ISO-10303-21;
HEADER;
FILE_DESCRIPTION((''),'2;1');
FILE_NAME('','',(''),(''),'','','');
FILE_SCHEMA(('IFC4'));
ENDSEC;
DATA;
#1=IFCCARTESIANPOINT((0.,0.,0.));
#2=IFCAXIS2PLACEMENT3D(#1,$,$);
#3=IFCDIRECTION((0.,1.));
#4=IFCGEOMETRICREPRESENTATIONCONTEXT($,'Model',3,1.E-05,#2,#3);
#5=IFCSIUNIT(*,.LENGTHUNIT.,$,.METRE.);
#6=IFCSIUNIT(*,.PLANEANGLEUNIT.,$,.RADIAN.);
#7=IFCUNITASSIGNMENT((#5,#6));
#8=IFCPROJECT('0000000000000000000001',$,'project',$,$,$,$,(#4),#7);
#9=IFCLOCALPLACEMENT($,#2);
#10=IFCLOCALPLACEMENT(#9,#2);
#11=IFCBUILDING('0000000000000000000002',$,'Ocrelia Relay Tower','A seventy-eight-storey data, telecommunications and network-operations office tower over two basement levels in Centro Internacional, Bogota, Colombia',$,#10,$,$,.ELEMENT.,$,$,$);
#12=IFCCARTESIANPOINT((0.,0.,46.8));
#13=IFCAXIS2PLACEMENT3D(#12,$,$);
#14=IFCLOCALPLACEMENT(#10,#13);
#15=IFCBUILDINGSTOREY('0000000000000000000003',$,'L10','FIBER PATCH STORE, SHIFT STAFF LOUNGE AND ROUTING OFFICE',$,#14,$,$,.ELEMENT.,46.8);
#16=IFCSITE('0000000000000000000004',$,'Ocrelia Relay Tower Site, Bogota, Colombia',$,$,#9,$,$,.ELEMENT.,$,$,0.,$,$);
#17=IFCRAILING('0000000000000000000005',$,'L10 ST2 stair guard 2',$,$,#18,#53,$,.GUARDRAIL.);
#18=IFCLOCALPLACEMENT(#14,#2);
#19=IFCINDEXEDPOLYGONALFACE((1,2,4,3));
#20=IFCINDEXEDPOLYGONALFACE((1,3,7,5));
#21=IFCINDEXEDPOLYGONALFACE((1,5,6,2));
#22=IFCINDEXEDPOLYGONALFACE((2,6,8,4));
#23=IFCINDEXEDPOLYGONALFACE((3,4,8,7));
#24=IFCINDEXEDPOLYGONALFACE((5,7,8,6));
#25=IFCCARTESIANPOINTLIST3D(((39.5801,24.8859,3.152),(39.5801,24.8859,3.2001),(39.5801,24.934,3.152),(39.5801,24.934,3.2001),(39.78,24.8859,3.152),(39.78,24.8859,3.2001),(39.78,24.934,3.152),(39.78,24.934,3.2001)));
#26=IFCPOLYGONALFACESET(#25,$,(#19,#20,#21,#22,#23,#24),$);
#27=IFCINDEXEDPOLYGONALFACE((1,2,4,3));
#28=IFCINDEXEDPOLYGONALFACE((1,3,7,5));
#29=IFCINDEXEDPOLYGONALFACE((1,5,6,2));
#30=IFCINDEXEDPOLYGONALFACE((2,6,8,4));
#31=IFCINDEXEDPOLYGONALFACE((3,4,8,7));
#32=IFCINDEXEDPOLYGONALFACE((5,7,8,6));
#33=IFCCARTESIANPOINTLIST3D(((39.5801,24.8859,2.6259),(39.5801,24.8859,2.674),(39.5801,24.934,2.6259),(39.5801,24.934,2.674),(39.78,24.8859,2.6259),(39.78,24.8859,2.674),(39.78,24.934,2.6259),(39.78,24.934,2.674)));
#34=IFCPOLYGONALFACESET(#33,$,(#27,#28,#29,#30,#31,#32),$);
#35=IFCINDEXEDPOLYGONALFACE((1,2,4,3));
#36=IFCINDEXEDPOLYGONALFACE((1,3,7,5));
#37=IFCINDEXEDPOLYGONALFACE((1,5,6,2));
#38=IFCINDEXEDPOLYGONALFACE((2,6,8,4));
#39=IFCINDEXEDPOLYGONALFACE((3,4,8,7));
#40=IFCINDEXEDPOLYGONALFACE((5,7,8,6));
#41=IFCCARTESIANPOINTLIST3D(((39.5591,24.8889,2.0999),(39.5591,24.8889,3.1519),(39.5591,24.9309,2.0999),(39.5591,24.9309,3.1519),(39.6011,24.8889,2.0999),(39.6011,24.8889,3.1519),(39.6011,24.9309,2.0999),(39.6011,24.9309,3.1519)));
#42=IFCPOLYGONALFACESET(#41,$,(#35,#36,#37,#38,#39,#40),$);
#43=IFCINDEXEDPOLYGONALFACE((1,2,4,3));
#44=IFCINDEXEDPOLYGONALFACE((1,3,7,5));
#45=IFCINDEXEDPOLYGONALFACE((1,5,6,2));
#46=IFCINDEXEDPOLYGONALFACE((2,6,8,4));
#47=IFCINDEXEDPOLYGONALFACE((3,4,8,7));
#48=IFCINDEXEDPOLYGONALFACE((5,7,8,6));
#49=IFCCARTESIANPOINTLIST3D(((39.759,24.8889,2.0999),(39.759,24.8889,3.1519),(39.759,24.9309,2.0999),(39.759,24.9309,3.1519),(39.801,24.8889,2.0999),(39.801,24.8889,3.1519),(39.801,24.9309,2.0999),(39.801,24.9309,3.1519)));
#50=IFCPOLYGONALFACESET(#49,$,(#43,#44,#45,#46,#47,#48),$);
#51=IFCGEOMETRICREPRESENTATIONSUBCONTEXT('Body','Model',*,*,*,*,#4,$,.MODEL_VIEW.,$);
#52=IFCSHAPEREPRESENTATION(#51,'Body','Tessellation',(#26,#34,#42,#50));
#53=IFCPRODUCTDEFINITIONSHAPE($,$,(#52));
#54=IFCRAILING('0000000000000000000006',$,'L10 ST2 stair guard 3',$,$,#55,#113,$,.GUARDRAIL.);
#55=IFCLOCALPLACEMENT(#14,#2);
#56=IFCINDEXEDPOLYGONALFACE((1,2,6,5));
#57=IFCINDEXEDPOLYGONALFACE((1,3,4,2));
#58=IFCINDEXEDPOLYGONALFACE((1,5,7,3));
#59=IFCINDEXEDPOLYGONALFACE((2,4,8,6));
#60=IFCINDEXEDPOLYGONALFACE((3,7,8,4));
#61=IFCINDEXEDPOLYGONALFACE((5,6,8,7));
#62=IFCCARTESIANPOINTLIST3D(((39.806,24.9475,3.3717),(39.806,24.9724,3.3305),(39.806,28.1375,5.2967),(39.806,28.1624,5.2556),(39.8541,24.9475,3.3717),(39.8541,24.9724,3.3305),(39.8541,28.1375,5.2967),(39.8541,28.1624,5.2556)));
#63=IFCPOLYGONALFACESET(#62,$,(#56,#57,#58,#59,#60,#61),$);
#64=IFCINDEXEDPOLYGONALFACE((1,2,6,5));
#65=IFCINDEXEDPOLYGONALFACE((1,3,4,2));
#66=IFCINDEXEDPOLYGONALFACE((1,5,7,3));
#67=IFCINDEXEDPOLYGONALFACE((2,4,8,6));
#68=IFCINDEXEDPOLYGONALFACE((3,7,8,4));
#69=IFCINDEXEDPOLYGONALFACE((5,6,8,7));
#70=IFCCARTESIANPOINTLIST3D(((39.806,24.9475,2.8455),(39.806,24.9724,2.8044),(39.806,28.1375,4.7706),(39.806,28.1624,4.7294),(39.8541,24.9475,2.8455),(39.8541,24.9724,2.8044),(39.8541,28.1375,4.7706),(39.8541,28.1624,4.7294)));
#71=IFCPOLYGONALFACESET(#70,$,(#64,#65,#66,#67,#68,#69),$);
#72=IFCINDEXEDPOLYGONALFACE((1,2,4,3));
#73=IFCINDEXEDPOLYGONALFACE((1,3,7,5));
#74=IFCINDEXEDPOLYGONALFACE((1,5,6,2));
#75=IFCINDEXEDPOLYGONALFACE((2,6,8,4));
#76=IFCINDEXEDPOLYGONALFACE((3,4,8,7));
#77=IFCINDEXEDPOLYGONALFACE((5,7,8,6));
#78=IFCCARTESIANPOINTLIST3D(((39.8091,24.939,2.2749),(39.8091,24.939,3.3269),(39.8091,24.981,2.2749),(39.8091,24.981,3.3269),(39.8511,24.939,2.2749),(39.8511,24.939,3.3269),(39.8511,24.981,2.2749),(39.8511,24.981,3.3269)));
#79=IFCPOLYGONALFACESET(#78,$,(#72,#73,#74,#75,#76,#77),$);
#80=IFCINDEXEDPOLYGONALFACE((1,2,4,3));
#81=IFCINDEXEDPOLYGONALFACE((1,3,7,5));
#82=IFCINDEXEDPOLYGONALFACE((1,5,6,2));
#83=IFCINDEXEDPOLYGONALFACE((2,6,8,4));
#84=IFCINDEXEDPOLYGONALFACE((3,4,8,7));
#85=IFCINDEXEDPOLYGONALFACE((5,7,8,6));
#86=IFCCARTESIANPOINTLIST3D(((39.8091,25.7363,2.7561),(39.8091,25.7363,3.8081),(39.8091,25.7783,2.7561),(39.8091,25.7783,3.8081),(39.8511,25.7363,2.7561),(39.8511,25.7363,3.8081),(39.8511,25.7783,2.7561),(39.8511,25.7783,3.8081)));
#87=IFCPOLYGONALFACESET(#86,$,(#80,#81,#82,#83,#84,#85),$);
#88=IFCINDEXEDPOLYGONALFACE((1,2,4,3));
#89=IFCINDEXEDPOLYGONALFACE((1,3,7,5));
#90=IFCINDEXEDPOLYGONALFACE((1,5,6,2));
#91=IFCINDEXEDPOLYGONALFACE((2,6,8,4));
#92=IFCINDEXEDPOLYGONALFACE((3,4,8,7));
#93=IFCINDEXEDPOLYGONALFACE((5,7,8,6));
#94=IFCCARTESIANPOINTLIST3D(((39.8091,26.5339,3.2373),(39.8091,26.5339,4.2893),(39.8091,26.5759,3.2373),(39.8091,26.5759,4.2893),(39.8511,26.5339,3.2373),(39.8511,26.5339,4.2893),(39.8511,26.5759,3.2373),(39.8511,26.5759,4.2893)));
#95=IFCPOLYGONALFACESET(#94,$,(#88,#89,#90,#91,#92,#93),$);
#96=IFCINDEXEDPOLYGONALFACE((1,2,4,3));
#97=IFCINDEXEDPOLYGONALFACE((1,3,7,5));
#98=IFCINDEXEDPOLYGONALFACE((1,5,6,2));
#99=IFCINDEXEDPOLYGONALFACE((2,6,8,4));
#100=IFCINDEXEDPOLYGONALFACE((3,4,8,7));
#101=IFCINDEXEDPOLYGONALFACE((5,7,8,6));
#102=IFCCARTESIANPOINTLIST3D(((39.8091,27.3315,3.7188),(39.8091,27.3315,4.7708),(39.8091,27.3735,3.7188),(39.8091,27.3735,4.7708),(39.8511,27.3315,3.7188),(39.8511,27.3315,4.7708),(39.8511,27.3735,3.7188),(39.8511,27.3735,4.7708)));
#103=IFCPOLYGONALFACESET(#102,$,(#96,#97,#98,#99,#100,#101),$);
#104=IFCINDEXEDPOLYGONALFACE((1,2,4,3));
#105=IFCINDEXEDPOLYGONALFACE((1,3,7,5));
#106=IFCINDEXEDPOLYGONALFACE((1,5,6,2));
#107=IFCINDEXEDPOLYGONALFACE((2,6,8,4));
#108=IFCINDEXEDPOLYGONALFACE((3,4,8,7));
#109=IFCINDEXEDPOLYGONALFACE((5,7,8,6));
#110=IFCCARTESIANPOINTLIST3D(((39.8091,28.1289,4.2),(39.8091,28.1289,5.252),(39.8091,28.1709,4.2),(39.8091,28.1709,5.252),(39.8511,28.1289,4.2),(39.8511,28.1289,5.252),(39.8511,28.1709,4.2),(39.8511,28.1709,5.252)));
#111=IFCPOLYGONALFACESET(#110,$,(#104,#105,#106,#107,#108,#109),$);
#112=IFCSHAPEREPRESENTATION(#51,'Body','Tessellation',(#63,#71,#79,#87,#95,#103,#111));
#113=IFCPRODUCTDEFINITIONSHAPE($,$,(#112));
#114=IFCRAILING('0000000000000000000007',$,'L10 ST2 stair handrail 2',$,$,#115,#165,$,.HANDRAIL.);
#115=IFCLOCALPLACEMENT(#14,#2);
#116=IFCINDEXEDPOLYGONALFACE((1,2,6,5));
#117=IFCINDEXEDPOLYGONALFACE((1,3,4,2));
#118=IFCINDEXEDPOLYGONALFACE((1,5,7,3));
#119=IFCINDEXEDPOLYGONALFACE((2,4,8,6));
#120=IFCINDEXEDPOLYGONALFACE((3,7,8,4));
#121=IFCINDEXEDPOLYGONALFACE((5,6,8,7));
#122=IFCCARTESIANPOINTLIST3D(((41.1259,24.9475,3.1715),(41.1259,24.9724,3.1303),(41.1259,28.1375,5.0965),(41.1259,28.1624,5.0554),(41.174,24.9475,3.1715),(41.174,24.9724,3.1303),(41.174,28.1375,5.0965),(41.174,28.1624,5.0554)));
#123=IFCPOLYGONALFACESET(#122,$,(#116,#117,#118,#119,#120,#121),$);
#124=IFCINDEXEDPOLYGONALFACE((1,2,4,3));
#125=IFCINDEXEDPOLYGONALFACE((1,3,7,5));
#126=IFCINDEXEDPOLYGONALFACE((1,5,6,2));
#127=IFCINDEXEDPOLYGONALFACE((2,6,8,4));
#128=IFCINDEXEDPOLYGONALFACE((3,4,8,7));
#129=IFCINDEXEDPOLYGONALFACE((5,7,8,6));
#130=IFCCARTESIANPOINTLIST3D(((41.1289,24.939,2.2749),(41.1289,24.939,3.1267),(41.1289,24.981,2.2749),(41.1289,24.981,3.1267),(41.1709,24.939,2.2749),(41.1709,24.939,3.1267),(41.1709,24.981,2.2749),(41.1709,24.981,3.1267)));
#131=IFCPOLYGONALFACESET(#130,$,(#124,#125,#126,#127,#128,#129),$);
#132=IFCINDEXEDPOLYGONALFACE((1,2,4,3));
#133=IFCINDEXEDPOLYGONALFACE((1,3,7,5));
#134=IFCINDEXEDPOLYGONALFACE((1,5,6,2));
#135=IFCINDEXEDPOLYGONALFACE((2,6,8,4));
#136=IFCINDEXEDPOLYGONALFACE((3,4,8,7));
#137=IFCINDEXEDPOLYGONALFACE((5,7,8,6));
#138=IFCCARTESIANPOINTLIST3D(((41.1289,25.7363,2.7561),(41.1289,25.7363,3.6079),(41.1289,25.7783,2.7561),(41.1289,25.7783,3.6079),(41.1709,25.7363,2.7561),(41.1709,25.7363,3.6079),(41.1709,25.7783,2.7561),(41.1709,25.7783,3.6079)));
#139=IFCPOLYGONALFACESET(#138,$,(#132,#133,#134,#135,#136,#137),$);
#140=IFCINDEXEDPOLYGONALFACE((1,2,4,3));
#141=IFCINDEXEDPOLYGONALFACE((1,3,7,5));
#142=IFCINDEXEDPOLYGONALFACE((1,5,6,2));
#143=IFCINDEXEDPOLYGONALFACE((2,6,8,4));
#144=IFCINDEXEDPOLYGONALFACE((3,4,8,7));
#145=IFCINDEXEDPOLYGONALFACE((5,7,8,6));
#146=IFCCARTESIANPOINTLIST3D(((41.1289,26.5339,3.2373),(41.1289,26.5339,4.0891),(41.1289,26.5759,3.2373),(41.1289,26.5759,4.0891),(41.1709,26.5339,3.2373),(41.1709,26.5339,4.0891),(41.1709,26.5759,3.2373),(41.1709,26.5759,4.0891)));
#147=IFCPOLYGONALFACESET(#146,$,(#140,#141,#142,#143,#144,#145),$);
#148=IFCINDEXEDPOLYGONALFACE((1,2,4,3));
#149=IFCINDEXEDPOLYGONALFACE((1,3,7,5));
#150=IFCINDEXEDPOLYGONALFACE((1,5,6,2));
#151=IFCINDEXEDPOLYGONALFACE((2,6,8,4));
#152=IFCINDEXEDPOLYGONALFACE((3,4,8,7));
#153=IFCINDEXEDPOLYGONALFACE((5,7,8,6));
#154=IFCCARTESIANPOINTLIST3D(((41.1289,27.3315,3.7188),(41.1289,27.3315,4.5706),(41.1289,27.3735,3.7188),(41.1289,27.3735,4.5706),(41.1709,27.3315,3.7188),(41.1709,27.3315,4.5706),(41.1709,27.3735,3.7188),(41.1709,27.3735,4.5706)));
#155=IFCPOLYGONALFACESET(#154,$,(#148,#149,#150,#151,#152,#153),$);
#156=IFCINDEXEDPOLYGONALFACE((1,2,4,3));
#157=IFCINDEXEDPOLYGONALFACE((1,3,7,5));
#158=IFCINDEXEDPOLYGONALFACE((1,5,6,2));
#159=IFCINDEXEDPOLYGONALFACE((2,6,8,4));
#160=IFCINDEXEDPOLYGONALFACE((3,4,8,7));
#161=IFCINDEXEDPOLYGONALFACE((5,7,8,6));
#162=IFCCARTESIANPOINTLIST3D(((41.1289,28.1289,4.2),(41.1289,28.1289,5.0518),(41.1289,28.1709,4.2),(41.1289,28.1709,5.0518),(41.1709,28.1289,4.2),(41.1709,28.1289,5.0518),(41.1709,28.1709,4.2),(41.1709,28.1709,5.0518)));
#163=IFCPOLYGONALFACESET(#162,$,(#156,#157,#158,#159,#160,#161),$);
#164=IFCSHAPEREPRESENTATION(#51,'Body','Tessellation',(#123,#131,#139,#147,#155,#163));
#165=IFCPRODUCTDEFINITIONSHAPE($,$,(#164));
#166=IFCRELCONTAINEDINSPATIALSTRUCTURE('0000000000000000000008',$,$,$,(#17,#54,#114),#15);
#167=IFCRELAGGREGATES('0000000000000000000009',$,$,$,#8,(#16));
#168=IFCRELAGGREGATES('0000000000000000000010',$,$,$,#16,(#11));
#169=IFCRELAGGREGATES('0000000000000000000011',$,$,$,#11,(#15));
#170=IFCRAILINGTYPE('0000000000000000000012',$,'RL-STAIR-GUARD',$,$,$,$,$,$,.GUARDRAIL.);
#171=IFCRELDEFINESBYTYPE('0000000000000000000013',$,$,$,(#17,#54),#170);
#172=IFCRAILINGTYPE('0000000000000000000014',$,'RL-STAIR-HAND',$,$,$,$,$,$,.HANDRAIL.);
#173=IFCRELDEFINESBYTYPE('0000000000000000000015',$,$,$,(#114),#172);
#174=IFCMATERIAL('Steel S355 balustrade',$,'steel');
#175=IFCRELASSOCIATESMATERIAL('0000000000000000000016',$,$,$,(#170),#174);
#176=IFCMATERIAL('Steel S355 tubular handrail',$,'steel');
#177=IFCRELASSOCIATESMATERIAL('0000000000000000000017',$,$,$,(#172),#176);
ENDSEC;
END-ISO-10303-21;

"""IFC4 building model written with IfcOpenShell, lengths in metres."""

from ifc_helpers import new_model, si_unit, direction, frame, origin, origin_2d, place, context, subcontext, project, spatial, rectangle, extrude, material, type_object, element, save


model = new_model("IFC4")

# Units and contexts
model_context = context("Model", 3, precision=1e-05, world=origin(), true_north=direction((0.0, 1.0)))
body_context = subcontext(model_context, "Body", "Model", "MODEL_VIEW")
ifc_project = project(units=[si_unit("LENGTHUNIT", "METRE"), si_unit("PLANEANGLEUNIT", "RADIAN")], contexts=[model_context])

# Site, building, storey
site_placement = place(None, origin())
site = spatial("IfcSite", under=ifc_project, at=site_placement, Name="Ocrelia Relay Tower Site, Bogota, Colombia", CompositionType="ELEMENT", RefElevation=0.0)
building_placement = place(site_placement, origin())
building = spatial("IfcBuilding", under=site, at=building_placement, Name="Ocrelia Relay Tower", Description="A seventy-eight-storey data, telecommunications and network-operations office tower over two basement levels in Centro Internacional, Bogota, Colombia", CompositionType="ELEMENT")
storey_placement = place(building_placement, frame((0.0, 0.0, 46.8)))
storey = spatial("IfcBuildingStorey", under=building, at=storey_placement, Name="L10", Description="FIBER PATCH STORE, SHIFT STAFF LOUNGE AND ROUTING OFFICE", CompositionType="ELEMENT", Elevation=46.8)

# Railings
ifc_material_1 = material(Name="Steel S355 balustrade", Category="steel")
railing_type_1 = type_object("IfcRailingType", Name="RL-STAIR-GUARD", PredefinedType="GUARDRAIL", material=ifc_material_1)
railing_1_placement = place(storey_placement, frame((39.5801, 24.9099, 2.0999)))
element("IfcRailing", 1, at=railing_1_placement, inside=storey, type_object=railing_type_1, Name="L10 ST2 stair guard 2", PredefinedType="GUARDRAIL", context=body_context, shape_type="SweptSolid", body=[
    extrude(rectangle(XDim=0.0481, YDim=0.0481, at=origin_2d()), frame((0.0, 0.0, 1.0762), z_axis=(1.0, 0.0, 0.0), x_axis=(0.0, 1.0, 0.0)), (0.0, 0.0, 1.0), 0.2),
    extrude(rectangle(XDim=0.0481, YDim=0.0481, at=origin_2d()), frame((0.0, 0.0, 0.55), z_axis=(1.0, 0.0, 0.0), x_axis=(0.0, 1.0, 0.0)), (0.0, 0.0, 1.0), 0.2),
    extrude(rectangle(XDim=0.042, YDim=0.042, at=origin_2d()), origin(), (0.0, 0.0, 1.0), 1.052),
    extrude(rectangle(XDim=0.042, YDim=0.042, at=origin_2d()), frame((0.2, 0.0, 0.0)), (0.0, 0.0, 1.0), 1.052),
])
railing_2_placement = place(storey_placement, frame((39.8301, 24.96, 2.2749)))
element("IfcRailing", 2, at=railing_2_placement, inside=storey, type_object=railing_type_1, Name="L10 ST2 stair guard 3", PredefinedType="GUARDRAIL", context=body_context, shape_type="SweptSolid", body=[
    extrude(rectangle(XDim=0.0481, YDim=0.0481, at=origin_2d()), frame((0.0, 0.0, 1.0762), z_axis=(0.0, 0.856178, 0.516682), x_axis=(-1.0, 0.0, 0.0)), (0.0, 0.0, 1.0), 3.7258),
    extrude(rectangle(XDim=0.0481, YDim=0.0481, at=origin_2d()), frame((0.0, 0.0, 0.55), z_axis=(0.0, 0.856178, 0.516682), x_axis=(-1.0, 0.0, 0.0)), (0.0, 0.0, 1.0), 3.7258),
    extrude(rectangle(XDim=0.042, YDim=0.042, at=origin_2d()), origin(), (0.0, 0.0, 1.0), 1.052),
    extrude(rectangle(XDim=0.042, YDim=0.042, at=origin_2d()), frame((0.0, 0.7974, 0.4812)), (0.0, 0.0, 1.0), 1.052),
    extrude(rectangle(XDim=0.042, YDim=0.042, at=origin_2d()), frame((0.0, 1.595, 0.9624)), (0.0, 0.0, 1.0), 1.052),
    extrude(rectangle(XDim=0.042, YDim=0.042, at=origin_2d()), frame((0.0, 2.3926, 1.4438)), (0.0, 0.0, 1.0), 1.052),
    extrude(rectangle(XDim=0.042, YDim=0.042, at=origin_2d()), frame((0.0, 3.1899, 1.925)), (0.0, 0.0, 1.0), 1.052),
])
ifc_material_2 = material(Name="Steel S355 tubular handrail", Category="steel")
railing_type_2 = type_object("IfcRailingType", Name="RL-STAIR-HAND", PredefinedType="HANDRAIL", material=ifc_material_2)
railing_3_placement = place(storey_placement, frame((41.1499, 24.96, 2.2749)))
element("IfcRailing", 3, at=railing_3_placement, inside=storey, type_object=railing_type_2, Name="L10 ST2 stair handrail 2", PredefinedType="HANDRAIL", context=body_context, shape_type="SweptSolid", body=[
    extrude(rectangle(XDim=0.0481, YDim=0.0481, at=origin_2d()), frame((0.0, 0.0, 0.876), z_axis=(0.0, 0.856178, 0.516682), x_axis=(-1.0, 0.0, 0.0)), (0.0, 0.0, 1.0), 3.7258),
    extrude(rectangle(XDim=0.042, YDim=0.042, at=origin_2d()), origin(), (0.0, 0.0, 1.0), 0.8518),
    extrude(rectangle(XDim=0.042, YDim=0.042, at=origin_2d()), frame((0.0, 0.7974, 0.4812)), (0.0, 0.0, 1.0), 0.8518),
    extrude(rectangle(XDim=0.042, YDim=0.042, at=origin_2d()), frame((0.0, 1.595, 0.9624)), (0.0, 0.0, 1.0), 0.8518),
    extrude(rectangle(XDim=0.042, YDim=0.042, at=origin_2d()), frame((0.0, 2.3926, 1.4438)), (0.0, 0.0, 1.0), 0.8518),
    extrude(rectangle(XDim=0.042, YDim=0.042, at=origin_2d()), frame((0.0, 3.1899, 1.925)), (0.0, 0.0, 1.0), 0.8518),
])

save(model, "model.ifc")
